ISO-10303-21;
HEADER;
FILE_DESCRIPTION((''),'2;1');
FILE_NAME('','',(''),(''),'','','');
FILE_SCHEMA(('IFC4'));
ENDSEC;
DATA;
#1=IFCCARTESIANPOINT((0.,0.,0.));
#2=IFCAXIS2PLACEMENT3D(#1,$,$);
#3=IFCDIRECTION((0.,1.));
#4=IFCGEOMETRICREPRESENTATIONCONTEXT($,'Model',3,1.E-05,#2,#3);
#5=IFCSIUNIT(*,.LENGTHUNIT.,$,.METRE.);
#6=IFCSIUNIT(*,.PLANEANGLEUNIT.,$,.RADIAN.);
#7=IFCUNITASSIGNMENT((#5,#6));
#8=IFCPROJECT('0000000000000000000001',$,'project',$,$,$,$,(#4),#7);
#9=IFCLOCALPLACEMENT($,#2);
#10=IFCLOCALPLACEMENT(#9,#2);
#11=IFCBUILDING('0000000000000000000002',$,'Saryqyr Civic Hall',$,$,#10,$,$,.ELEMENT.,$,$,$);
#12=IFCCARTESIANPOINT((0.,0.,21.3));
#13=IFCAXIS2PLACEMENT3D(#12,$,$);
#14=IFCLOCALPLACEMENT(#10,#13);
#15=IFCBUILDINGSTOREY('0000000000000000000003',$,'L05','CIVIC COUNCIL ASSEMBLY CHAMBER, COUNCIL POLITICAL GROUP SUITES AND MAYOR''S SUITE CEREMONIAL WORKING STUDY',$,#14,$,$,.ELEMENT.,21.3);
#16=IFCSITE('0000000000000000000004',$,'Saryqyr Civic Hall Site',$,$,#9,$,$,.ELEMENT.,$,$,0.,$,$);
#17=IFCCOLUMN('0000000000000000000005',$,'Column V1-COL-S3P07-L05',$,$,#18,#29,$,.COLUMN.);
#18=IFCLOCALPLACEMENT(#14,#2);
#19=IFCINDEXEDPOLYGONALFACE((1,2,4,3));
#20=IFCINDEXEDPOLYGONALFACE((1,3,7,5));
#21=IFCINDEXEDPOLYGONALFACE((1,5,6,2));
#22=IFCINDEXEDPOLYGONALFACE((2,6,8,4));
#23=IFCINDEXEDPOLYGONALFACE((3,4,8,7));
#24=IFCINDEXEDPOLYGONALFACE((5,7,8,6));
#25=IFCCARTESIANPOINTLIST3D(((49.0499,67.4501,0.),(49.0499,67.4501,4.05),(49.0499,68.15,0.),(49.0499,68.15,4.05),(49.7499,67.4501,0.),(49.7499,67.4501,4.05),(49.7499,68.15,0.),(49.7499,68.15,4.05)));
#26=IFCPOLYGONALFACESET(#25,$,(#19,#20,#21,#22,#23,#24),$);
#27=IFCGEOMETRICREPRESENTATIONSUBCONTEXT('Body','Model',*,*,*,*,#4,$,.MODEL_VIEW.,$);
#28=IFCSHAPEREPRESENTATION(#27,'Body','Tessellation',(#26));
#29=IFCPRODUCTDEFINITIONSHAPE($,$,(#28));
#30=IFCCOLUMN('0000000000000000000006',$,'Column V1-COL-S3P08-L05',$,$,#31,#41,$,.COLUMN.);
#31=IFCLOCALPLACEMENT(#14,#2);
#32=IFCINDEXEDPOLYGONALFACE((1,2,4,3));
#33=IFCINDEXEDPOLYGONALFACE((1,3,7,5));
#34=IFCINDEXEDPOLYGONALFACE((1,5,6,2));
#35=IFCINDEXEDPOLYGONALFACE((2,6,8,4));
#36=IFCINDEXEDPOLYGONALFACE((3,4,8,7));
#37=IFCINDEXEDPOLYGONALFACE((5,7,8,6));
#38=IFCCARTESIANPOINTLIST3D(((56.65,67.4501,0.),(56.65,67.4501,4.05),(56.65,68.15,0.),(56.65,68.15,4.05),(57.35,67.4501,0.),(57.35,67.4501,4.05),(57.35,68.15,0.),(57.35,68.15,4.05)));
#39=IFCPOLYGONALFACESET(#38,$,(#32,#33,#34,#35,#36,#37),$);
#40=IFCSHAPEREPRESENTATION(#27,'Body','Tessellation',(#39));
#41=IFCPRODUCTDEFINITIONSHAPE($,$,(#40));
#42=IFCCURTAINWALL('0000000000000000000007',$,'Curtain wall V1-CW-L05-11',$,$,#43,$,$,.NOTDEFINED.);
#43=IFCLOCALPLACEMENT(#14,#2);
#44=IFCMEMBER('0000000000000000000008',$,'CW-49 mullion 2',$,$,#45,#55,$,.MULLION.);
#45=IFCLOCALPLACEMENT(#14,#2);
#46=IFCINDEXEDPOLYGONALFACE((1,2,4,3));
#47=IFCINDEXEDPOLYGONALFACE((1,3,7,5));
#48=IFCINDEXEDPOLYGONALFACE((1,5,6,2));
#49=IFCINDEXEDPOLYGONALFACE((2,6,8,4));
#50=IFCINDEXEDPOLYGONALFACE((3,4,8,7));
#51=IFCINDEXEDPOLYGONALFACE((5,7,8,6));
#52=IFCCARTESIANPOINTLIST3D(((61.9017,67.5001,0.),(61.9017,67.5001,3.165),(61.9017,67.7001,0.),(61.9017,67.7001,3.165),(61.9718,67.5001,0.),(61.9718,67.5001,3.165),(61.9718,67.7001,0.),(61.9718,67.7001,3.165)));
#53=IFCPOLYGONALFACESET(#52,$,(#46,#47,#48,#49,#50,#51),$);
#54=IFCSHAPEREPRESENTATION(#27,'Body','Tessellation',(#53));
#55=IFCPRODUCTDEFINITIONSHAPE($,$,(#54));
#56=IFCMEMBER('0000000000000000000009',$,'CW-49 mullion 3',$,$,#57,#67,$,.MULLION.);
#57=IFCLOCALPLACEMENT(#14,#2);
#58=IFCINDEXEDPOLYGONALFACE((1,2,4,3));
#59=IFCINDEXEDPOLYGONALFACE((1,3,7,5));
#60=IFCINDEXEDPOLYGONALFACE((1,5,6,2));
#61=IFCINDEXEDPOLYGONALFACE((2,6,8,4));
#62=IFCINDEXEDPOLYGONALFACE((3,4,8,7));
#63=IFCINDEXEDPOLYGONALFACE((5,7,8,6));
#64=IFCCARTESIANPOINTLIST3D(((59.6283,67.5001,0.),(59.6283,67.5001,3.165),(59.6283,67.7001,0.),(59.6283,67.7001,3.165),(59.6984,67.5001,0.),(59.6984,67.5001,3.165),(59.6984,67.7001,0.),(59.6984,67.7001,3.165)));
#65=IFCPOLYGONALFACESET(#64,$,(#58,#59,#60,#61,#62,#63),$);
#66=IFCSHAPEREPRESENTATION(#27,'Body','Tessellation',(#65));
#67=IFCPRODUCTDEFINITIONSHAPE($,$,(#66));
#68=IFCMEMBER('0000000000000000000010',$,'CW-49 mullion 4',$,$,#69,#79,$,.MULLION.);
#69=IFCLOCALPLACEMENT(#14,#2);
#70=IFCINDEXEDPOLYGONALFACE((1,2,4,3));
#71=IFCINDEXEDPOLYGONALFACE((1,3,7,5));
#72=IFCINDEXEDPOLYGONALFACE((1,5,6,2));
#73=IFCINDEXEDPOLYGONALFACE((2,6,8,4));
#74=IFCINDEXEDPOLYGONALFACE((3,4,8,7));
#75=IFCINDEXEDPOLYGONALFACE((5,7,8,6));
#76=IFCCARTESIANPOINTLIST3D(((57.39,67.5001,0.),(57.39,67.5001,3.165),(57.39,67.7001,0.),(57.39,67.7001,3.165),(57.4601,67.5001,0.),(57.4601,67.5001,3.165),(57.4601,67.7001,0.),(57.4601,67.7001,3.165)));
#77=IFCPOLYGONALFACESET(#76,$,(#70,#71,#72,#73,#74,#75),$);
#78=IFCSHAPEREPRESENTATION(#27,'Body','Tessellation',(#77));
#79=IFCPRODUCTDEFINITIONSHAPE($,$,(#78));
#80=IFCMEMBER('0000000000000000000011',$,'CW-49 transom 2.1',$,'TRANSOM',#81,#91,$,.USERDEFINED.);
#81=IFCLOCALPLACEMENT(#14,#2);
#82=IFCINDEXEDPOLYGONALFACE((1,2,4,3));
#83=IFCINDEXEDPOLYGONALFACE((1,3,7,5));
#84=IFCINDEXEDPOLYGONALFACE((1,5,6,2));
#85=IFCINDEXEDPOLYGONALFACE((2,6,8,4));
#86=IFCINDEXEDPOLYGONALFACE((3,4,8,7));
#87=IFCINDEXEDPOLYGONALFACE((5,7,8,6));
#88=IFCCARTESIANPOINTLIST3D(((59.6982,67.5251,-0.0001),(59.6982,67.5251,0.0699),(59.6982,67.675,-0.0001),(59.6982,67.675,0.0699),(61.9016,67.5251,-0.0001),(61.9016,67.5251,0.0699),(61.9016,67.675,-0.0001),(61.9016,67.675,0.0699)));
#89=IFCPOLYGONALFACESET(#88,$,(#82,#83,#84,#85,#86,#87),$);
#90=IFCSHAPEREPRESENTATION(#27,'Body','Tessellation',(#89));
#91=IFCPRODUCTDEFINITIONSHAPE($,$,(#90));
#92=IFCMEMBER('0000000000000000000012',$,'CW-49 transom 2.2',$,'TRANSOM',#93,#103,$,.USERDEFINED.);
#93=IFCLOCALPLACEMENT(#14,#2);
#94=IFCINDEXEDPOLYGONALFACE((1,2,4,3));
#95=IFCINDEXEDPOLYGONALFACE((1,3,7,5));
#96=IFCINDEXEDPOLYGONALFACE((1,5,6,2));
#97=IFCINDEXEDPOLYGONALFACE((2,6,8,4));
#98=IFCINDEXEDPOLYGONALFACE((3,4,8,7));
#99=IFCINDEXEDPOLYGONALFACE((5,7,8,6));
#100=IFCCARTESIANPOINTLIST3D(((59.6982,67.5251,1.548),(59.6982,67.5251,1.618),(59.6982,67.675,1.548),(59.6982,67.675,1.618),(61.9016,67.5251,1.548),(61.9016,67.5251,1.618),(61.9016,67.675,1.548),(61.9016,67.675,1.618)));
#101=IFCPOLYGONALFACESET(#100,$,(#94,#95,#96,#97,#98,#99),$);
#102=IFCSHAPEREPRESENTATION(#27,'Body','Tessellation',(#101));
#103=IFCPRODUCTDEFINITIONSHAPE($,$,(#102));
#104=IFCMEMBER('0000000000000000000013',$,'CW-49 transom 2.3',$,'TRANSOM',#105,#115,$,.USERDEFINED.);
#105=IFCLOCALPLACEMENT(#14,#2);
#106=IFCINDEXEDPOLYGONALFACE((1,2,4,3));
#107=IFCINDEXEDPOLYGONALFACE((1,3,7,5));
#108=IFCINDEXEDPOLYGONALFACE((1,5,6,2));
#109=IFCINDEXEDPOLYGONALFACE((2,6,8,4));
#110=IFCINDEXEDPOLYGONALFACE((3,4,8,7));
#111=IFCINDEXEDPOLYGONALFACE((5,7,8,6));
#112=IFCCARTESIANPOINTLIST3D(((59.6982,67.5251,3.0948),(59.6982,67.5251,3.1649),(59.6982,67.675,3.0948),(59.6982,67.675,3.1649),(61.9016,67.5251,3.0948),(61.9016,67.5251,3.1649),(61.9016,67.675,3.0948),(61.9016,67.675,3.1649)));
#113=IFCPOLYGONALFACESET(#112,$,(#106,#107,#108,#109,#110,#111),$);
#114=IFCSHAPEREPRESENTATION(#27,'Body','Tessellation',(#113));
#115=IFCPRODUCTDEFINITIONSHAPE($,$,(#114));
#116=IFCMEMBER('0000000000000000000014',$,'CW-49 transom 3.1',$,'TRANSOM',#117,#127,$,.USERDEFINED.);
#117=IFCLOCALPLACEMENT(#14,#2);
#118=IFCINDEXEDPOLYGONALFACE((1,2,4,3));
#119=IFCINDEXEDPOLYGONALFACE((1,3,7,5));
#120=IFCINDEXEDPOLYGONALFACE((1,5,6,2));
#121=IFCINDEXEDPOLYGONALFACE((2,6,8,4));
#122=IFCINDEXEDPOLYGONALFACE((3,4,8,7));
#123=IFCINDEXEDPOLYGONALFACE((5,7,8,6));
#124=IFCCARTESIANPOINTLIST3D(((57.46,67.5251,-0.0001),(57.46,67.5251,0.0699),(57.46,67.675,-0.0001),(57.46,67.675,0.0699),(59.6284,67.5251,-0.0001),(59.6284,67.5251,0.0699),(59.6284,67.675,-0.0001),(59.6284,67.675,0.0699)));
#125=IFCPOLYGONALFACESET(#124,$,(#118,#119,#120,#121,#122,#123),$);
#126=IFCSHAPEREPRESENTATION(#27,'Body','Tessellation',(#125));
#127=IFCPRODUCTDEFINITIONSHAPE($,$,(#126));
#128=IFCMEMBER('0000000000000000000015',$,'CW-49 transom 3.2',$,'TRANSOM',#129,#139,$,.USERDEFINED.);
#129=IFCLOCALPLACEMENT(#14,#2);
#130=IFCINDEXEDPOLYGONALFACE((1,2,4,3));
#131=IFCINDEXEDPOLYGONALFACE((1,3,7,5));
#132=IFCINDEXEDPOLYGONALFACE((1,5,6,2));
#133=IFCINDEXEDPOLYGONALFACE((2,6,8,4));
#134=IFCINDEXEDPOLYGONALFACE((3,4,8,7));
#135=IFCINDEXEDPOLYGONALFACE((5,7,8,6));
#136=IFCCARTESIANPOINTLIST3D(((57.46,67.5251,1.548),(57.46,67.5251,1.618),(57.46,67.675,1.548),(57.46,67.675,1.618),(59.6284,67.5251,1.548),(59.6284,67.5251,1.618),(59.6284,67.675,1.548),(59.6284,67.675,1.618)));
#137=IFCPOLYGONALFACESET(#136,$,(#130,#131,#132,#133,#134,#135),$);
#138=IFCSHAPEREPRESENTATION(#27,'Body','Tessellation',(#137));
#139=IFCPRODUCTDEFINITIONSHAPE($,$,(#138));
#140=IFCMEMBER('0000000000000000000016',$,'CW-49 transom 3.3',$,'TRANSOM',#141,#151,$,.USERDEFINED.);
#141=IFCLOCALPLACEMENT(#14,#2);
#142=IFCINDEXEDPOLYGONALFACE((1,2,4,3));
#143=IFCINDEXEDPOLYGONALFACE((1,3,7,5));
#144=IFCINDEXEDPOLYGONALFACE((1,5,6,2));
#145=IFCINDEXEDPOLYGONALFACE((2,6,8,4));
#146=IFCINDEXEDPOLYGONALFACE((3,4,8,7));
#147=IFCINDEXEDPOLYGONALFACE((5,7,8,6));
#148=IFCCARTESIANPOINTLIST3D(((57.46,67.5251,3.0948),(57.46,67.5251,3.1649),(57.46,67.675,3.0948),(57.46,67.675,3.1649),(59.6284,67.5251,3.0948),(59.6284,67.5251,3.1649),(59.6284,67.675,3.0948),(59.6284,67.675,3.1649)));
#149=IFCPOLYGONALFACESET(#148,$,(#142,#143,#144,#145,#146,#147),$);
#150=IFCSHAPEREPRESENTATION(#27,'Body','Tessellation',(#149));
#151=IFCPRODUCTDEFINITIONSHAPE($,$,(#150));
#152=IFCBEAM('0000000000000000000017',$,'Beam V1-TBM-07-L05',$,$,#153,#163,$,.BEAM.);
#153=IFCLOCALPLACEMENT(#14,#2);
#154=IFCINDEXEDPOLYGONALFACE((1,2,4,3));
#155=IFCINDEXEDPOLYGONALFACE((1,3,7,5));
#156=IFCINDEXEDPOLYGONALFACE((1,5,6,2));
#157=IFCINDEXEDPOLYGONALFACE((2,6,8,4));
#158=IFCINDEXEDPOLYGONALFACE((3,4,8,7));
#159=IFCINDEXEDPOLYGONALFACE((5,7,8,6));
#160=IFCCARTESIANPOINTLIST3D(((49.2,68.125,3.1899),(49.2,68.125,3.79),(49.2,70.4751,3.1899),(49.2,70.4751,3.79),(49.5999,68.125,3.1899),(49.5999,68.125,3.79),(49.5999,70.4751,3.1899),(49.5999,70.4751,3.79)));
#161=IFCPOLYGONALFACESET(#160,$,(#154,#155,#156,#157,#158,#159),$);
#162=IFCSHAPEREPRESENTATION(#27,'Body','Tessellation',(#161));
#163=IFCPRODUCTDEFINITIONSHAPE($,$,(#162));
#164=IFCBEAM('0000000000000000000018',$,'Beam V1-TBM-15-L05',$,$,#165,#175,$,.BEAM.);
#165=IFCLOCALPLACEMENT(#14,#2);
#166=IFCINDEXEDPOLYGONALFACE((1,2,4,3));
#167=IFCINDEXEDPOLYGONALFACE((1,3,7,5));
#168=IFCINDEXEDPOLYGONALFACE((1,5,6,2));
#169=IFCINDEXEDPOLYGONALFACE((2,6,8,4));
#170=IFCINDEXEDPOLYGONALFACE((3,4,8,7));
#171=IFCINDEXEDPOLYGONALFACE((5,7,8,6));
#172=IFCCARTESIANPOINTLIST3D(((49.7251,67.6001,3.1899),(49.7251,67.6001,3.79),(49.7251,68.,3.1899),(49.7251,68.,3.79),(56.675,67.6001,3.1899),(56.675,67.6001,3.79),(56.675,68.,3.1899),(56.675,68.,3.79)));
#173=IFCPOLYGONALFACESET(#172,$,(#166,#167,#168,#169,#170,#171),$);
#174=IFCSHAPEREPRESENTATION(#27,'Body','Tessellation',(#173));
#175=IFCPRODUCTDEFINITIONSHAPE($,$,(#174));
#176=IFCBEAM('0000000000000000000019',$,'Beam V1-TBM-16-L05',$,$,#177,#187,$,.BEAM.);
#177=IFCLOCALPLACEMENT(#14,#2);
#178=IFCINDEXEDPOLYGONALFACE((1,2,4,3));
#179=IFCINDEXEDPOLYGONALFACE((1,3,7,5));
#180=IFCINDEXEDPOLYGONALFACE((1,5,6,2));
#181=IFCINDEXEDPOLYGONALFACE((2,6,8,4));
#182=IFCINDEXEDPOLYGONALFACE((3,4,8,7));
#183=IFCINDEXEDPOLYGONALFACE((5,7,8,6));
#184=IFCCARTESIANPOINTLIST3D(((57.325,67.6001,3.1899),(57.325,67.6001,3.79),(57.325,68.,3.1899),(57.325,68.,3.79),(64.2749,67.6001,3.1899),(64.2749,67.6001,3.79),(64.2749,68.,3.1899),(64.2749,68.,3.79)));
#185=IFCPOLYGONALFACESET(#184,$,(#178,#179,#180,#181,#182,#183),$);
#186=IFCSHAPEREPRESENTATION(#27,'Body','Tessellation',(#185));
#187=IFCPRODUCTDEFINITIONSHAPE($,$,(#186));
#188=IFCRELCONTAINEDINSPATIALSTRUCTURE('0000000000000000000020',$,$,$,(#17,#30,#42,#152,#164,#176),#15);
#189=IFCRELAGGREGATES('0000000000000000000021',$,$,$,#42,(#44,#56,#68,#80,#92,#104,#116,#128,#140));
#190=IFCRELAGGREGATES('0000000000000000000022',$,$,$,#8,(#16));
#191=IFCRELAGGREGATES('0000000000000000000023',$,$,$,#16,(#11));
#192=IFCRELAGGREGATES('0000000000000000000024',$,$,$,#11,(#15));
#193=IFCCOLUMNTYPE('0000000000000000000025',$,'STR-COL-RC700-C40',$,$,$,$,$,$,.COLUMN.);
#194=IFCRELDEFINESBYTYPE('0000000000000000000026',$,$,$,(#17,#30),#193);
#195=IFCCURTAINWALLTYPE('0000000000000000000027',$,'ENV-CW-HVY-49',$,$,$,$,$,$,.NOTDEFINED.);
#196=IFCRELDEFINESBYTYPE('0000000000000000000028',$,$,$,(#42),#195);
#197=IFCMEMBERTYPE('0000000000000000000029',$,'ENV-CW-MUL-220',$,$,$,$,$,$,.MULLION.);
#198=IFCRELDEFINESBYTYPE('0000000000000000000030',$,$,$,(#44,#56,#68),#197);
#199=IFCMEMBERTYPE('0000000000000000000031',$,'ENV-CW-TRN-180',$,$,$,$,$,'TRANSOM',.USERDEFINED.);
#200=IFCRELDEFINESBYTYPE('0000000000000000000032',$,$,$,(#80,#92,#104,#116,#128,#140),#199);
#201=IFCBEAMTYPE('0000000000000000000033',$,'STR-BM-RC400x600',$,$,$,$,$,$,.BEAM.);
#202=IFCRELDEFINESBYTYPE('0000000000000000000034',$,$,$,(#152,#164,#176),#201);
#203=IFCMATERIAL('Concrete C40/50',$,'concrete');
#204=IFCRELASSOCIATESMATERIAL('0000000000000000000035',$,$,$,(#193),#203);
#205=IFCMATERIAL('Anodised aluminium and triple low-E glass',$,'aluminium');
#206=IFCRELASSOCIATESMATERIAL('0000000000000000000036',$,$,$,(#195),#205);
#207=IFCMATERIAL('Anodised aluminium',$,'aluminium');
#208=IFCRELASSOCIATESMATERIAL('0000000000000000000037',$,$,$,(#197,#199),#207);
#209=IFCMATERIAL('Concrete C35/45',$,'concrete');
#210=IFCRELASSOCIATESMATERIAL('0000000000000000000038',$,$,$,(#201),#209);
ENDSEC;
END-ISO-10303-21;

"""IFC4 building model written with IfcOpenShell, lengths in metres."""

from ifc_helpers import new_model, si_unit, direction, frame, origin, origin_2d, place, context, subcontext, project, spatial, rectangle, extrude, material, material_profile, profile_set, type_object, element, aggregate, save


model = new_model("IFC4")

# Units and contexts
model_context = context("Model", 3, precision=1e-05, world=origin(), true_north=direction((0.0, 1.0)))
body_context = subcontext(model_context, "Body", "Model", "MODEL_VIEW")
ifc_project = project(units=[si_unit("LENGTHUNIT", "METRE"), si_unit("PLANEANGLEUNIT", "RADIAN")], contexts=[model_context])

# Site, building, storey
site_placement = place(None, origin())
site = spatial("IfcSite", under=ifc_project, at=site_placement, Name="Saryqyr Civic Hall Site", CompositionType="ELEMENT", RefElevation=0.0)
building_placement = place(site_placement, origin())
building = spatial("IfcBuilding", under=site, at=building_placement, Name="Saryqyr Civic Hall", CompositionType="ELEMENT")
storey_placement = place(building_placement, frame((0.0, 0.0, 21.3)))
storey = spatial("IfcBuildingStorey", under=building, at=storey_placement, Name="L05", Description="CIVIC COUNCIL ASSEMBLY CHAMBER, COUNCIL POLITICAL GROUP SUITES AND MAYOR'S SUITE CEREMONIAL WORKING STUDY", CompositionType="ELEMENT", Elevation=21.3)

# Columns
ifc_material_1 = material(Name="Concrete C40/50", Category="concrete")
ifc_material_profile_1 = material_profile(ifc_material_1, rectangle(XDim=0.7, YDim=0.7, at=origin_2d()), Name="RC 700x700")
ifc_profile_set_1 = profile_set([ifc_material_profile_1], Name="Concrete C40/50")
column_type = type_object("IfcColumnType", Name="STR-COL-RC700-C40", PredefinedType="COLUMN", material=ifc_profile_set_1)
for number, where, z_axis, x_axis, name in (
    (1, (49.3999, 67.8, 0.0), (0.0, 0.0, 1.0), (1.0, 0.0, 0.0), "Column V1-COL-S3P07-L05"),
    (2, (57.0, 67.8, 0.0), (0.0, 0.0, 1.0), (1.0, 0.0, 0.0), "Column V1-COL-S3P08-L05"),
):
    element("IfcColumn", number, at=place(storey_placement, frame(where, z_axis=z_axis, x_axis=x_axis)), inside=storey, type_object=column_type, Name=name, PredefinedType="COLUMN", context=body_context, shape_type="SweptSolid", body=[
        extrude(rectangle(XDim=0.7, YDim=0.7, at=origin_2d()), origin(), (0.0, 0.0, 1.0), 4.05),
    ])

# Curtain wall, members
ifc_material_2 = material(Name="Anodised aluminium and triple low-E glass", Category="aluminium")
curtain_wall_type = type_object("IfcCurtainWallType", Name="ENV-CW-HVY-49", PredefinedType="NOTDEFINED", material=ifc_material_2)
curtain_wall_placement = place(storey_placement, origin())
curtain_wall = element("IfcCurtainWall", 3, at=curtain_wall_placement, inside=storey, type_object=curtain_wall_type, Name="Curtain wall V1-CW-L05-11", PredefinedType="NOTDEFINED")
ifc_material_3 = material(Name="Anodised aluminium", Category="aluminium")
ifc_material_profile_2 = material_profile(ifc_material_3, rectangle(XDim=0.0701, YDim=0.2, at=origin_2d()), Name="ALU MULLION 70x200")
ifc_profile_set_2 = profile_set([ifc_material_profile_2], Name="Anodised aluminium")
member_type_1 = type_object("IfcMemberType", Name="ENV-CW-MUL-220", PredefinedType="MULLION", material=ifc_profile_set_2)
member_1_placement = place(storey_placement, frame((61.9368, 67.6001, 0.0), z_axis=(0.0, 0.0, 1.0), x_axis=(-1.0, 0.0, 0.0)))
member_1 = element("IfcMember", 4, at=member_1_placement, type_object=member_type_1, Name="CW-49 mullion 2", PredefinedType="MULLION", context=body_context, shape_type="SweptSolid", body=[
    extrude(rectangle(XDim=0.0701, YDim=0.2, at=origin_2d()), origin(), (0.0, 0.0, 1.0), 3.165),
])
member_2_placement = place(storey_placement, frame((59.6633, 67.6001, 0.0), z_axis=(0.0, 0.0, 1.0), x_axis=(-1.0, 0.0, 0.0)))
member_2 = element("IfcMember", 5, at=member_2_placement, type_object=member_type_1, Name="CW-49 mullion 3", PredefinedType="MULLION", context=body_context, shape_type="SweptSolid", body=[
    extrude(rectangle(XDim=0.0701, YDim=0.2, at=origin_2d()), origin(), (0.0, 0.0, 1.0), 3.165),
])
member_3_placement = place(storey_placement, frame((57.425, 67.6001, 0.0), z_axis=(0.0, 0.0, 1.0), x_axis=(-1.0, 0.0, 0.0)))
member_3 = element("IfcMember", 6, at=member_3_placement, type_object=member_type_1, Name="CW-49 mullion 4", PredefinedType="MULLION", context=body_context, shape_type="SweptSolid", body=[
    extrude(rectangle(XDim=0.0701, YDim=0.2, at=origin_2d()), origin(), (0.0, 0.0, 1.0), 3.165),
])
ifc_material_profile_3 = material_profile(ifc_material_3, rectangle(XDim=0.1499, YDim=0.0701, at=origin_2d()), Name="ALU TRANSOM 150x70")
ifc_profile_set_3 = profile_set([ifc_material_profile_3], Name="Anodised aluminium")
member_type_2 = type_object("IfcMemberType", Name="ENV-CW-TRN-180", ElementType="TRANSOM", PredefinedType="USERDEFINED", material=ifc_profile_set_3)
member_4_placement = place(storey_placement, frame((61.9016, 67.6001, 0.0349), z_axis=(-1.0, 0.0, 0.0), x_axis=(0.0, -1.0, 0.0)))
member_4 = element("IfcMember", 7, at=member_4_placement, type_object=member_type_2, Name="CW-49 transom 2.1", ObjectType="TRANSOM", PredefinedType="USERDEFINED", context=body_context, shape_type="SweptSolid", body=[
    extrude(rectangle(XDim=0.1499, YDim=0.0701, at=origin_2d()), origin(), (0.0, 0.0, 1.0), 2.2034),
])
member_5_placement = place(storey_placement, frame((61.9016, 67.6001, 1.583), z_axis=(-1.0, 0.0, 0.0), x_axis=(0.0, -1.0, 0.0)))
member_5 = element("IfcMember", 8, at=member_5_placement, type_object=member_type_2, Name="CW-49 transom 2.2", ObjectType="TRANSOM", PredefinedType="USERDEFINED", context=body_context, shape_type="SweptSolid", body=[
    extrude(rectangle(XDim=0.1499, YDim=0.0701, at=origin_2d()), origin(), (0.0, 0.0, 1.0), 2.2034),
])
member_6_placement = place(storey_placement, frame((61.9016, 67.6001, 3.1299), z_axis=(-1.0, 0.0, 0.0), x_axis=(0.0, -1.0, 0.0)))
member_6 = element("IfcMember", 9, at=member_6_placement, type_object=member_type_2, Name="CW-49 transom 2.3", ObjectType="TRANSOM", PredefinedType="USERDEFINED", context=body_context, shape_type="SweptSolid", body=[
    extrude(rectangle(XDim=0.1499, YDim=0.0701, at=origin_2d()), origin(), (0.0, 0.0, 1.0), 2.2034),
])
member_7_placement = place(storey_placement, frame((59.6284, 67.6001, 0.0349), z_axis=(-1.0, 0.0, 0.0), x_axis=(0.0, -1.0, 0.0)))
member_7 = element("IfcMember", 10, at=member_7_placement, type_object=member_type_2, Name="CW-49 transom 3.1", ObjectType="TRANSOM", PredefinedType="USERDEFINED", context=body_context, shape_type="SweptSolid", body=[
    extrude(rectangle(XDim=0.1499, YDim=0.0701, at=origin_2d()), origin(), (0.0, 0.0, 1.0), 2.1685),
])
member_8_placement = place(storey_placement, frame((59.6284, 67.6001, 1.583), z_axis=(-1.0, 0.0, 0.0), x_axis=(0.0, -1.0, 0.0)))
member_8 = element("IfcMember", 11, at=member_8_placement, type_object=member_type_2, Name="CW-49 transom 3.2", ObjectType="TRANSOM", PredefinedType="USERDEFINED", context=body_context, shape_type="SweptSolid", body=[
    extrude(rectangle(XDim=0.1499, YDim=0.0701, at=origin_2d()), origin(), (0.0, 0.0, 1.0), 2.1685),
])
member_9_placement = place(storey_placement, frame((59.6284, 67.6001, 3.1299), z_axis=(-1.0, 0.0, 0.0), x_axis=(0.0, -1.0, 0.0)))
member_9 = element("IfcMember", 12, at=member_9_placement, type_object=member_type_2, Name="CW-49 transom 3.3", ObjectType="TRANSOM", PredefinedType="USERDEFINED", context=body_context, shape_type="SweptSolid", body=[
    extrude(rectangle(XDim=0.1499, YDim=0.0701, at=origin_2d()), origin(), (0.0, 0.0, 1.0), 2.1685),
])

# Beams
ifc_material_4 = material(Name="Concrete C35/45", Category="concrete")
ifc_material_profile_4 = material_profile(ifc_material_4, rectangle(XDim=0.3999, YDim=0.6001, at=origin_2d()), Name="RC 400x600")
ifc_profile_set_4 = profile_set([ifc_material_profile_4], Name="Concrete C35/45")
beam_type = type_object("IfcBeamType", Name="STR-BM-RC400x600", PredefinedType="BEAM", material=ifc_profile_set_4)
beam_placement = place(storey_placement, frame((49.3999, 68.125, 3.49), z_axis=(0.0, 1.0, 0.0), x_axis=(-1.0, 0.0, 0.0)))
element("IfcBeam", 13, at=beam_placement, inside=storey, type_object=beam_type, Name="Beam V1-TBM-07-L05", PredefinedType="BEAM", context=body_context, shape_type="SweptSolid", body=[
    extrude(rectangle(XDim=0.3999, YDim=0.6001, at=origin_2d()), origin(), (0.0, 0.0, 1.0), 2.3501),
])
for number, where, z_axis, x_axis, name in (
    (14, (49.7251, 67.8, 3.49), (1.0, 0.0, 0.0), (0.0, 1.0, 0.0), "Beam V1-TBM-15-L05"),
    (15, (57.325, 67.8, 3.49), (1.0, 0.0, 0.0), (0.0, 1.0, 0.0), "Beam V1-TBM-16-L05"),
):
    element("IfcBeam", number, at=place(storey_placement, frame(where, z_axis=z_axis, x_axis=x_axis)), inside=storey, type_object=beam_type, Name=name, PredefinedType="BEAM", context=body_context, shape_type="SweptSolid", body=[
        extrude(rectangle(XDim=0.3999, YDim=0.6001, at=origin_2d()), origin(), (0.0, 0.0, 1.0), 6.95),
    ])

aggregate(curtain_wall, [member_1, member_2, member_3, member_4, member_5, member_6, member_7, member_8, member_9])

save(model, "model.ifc")
